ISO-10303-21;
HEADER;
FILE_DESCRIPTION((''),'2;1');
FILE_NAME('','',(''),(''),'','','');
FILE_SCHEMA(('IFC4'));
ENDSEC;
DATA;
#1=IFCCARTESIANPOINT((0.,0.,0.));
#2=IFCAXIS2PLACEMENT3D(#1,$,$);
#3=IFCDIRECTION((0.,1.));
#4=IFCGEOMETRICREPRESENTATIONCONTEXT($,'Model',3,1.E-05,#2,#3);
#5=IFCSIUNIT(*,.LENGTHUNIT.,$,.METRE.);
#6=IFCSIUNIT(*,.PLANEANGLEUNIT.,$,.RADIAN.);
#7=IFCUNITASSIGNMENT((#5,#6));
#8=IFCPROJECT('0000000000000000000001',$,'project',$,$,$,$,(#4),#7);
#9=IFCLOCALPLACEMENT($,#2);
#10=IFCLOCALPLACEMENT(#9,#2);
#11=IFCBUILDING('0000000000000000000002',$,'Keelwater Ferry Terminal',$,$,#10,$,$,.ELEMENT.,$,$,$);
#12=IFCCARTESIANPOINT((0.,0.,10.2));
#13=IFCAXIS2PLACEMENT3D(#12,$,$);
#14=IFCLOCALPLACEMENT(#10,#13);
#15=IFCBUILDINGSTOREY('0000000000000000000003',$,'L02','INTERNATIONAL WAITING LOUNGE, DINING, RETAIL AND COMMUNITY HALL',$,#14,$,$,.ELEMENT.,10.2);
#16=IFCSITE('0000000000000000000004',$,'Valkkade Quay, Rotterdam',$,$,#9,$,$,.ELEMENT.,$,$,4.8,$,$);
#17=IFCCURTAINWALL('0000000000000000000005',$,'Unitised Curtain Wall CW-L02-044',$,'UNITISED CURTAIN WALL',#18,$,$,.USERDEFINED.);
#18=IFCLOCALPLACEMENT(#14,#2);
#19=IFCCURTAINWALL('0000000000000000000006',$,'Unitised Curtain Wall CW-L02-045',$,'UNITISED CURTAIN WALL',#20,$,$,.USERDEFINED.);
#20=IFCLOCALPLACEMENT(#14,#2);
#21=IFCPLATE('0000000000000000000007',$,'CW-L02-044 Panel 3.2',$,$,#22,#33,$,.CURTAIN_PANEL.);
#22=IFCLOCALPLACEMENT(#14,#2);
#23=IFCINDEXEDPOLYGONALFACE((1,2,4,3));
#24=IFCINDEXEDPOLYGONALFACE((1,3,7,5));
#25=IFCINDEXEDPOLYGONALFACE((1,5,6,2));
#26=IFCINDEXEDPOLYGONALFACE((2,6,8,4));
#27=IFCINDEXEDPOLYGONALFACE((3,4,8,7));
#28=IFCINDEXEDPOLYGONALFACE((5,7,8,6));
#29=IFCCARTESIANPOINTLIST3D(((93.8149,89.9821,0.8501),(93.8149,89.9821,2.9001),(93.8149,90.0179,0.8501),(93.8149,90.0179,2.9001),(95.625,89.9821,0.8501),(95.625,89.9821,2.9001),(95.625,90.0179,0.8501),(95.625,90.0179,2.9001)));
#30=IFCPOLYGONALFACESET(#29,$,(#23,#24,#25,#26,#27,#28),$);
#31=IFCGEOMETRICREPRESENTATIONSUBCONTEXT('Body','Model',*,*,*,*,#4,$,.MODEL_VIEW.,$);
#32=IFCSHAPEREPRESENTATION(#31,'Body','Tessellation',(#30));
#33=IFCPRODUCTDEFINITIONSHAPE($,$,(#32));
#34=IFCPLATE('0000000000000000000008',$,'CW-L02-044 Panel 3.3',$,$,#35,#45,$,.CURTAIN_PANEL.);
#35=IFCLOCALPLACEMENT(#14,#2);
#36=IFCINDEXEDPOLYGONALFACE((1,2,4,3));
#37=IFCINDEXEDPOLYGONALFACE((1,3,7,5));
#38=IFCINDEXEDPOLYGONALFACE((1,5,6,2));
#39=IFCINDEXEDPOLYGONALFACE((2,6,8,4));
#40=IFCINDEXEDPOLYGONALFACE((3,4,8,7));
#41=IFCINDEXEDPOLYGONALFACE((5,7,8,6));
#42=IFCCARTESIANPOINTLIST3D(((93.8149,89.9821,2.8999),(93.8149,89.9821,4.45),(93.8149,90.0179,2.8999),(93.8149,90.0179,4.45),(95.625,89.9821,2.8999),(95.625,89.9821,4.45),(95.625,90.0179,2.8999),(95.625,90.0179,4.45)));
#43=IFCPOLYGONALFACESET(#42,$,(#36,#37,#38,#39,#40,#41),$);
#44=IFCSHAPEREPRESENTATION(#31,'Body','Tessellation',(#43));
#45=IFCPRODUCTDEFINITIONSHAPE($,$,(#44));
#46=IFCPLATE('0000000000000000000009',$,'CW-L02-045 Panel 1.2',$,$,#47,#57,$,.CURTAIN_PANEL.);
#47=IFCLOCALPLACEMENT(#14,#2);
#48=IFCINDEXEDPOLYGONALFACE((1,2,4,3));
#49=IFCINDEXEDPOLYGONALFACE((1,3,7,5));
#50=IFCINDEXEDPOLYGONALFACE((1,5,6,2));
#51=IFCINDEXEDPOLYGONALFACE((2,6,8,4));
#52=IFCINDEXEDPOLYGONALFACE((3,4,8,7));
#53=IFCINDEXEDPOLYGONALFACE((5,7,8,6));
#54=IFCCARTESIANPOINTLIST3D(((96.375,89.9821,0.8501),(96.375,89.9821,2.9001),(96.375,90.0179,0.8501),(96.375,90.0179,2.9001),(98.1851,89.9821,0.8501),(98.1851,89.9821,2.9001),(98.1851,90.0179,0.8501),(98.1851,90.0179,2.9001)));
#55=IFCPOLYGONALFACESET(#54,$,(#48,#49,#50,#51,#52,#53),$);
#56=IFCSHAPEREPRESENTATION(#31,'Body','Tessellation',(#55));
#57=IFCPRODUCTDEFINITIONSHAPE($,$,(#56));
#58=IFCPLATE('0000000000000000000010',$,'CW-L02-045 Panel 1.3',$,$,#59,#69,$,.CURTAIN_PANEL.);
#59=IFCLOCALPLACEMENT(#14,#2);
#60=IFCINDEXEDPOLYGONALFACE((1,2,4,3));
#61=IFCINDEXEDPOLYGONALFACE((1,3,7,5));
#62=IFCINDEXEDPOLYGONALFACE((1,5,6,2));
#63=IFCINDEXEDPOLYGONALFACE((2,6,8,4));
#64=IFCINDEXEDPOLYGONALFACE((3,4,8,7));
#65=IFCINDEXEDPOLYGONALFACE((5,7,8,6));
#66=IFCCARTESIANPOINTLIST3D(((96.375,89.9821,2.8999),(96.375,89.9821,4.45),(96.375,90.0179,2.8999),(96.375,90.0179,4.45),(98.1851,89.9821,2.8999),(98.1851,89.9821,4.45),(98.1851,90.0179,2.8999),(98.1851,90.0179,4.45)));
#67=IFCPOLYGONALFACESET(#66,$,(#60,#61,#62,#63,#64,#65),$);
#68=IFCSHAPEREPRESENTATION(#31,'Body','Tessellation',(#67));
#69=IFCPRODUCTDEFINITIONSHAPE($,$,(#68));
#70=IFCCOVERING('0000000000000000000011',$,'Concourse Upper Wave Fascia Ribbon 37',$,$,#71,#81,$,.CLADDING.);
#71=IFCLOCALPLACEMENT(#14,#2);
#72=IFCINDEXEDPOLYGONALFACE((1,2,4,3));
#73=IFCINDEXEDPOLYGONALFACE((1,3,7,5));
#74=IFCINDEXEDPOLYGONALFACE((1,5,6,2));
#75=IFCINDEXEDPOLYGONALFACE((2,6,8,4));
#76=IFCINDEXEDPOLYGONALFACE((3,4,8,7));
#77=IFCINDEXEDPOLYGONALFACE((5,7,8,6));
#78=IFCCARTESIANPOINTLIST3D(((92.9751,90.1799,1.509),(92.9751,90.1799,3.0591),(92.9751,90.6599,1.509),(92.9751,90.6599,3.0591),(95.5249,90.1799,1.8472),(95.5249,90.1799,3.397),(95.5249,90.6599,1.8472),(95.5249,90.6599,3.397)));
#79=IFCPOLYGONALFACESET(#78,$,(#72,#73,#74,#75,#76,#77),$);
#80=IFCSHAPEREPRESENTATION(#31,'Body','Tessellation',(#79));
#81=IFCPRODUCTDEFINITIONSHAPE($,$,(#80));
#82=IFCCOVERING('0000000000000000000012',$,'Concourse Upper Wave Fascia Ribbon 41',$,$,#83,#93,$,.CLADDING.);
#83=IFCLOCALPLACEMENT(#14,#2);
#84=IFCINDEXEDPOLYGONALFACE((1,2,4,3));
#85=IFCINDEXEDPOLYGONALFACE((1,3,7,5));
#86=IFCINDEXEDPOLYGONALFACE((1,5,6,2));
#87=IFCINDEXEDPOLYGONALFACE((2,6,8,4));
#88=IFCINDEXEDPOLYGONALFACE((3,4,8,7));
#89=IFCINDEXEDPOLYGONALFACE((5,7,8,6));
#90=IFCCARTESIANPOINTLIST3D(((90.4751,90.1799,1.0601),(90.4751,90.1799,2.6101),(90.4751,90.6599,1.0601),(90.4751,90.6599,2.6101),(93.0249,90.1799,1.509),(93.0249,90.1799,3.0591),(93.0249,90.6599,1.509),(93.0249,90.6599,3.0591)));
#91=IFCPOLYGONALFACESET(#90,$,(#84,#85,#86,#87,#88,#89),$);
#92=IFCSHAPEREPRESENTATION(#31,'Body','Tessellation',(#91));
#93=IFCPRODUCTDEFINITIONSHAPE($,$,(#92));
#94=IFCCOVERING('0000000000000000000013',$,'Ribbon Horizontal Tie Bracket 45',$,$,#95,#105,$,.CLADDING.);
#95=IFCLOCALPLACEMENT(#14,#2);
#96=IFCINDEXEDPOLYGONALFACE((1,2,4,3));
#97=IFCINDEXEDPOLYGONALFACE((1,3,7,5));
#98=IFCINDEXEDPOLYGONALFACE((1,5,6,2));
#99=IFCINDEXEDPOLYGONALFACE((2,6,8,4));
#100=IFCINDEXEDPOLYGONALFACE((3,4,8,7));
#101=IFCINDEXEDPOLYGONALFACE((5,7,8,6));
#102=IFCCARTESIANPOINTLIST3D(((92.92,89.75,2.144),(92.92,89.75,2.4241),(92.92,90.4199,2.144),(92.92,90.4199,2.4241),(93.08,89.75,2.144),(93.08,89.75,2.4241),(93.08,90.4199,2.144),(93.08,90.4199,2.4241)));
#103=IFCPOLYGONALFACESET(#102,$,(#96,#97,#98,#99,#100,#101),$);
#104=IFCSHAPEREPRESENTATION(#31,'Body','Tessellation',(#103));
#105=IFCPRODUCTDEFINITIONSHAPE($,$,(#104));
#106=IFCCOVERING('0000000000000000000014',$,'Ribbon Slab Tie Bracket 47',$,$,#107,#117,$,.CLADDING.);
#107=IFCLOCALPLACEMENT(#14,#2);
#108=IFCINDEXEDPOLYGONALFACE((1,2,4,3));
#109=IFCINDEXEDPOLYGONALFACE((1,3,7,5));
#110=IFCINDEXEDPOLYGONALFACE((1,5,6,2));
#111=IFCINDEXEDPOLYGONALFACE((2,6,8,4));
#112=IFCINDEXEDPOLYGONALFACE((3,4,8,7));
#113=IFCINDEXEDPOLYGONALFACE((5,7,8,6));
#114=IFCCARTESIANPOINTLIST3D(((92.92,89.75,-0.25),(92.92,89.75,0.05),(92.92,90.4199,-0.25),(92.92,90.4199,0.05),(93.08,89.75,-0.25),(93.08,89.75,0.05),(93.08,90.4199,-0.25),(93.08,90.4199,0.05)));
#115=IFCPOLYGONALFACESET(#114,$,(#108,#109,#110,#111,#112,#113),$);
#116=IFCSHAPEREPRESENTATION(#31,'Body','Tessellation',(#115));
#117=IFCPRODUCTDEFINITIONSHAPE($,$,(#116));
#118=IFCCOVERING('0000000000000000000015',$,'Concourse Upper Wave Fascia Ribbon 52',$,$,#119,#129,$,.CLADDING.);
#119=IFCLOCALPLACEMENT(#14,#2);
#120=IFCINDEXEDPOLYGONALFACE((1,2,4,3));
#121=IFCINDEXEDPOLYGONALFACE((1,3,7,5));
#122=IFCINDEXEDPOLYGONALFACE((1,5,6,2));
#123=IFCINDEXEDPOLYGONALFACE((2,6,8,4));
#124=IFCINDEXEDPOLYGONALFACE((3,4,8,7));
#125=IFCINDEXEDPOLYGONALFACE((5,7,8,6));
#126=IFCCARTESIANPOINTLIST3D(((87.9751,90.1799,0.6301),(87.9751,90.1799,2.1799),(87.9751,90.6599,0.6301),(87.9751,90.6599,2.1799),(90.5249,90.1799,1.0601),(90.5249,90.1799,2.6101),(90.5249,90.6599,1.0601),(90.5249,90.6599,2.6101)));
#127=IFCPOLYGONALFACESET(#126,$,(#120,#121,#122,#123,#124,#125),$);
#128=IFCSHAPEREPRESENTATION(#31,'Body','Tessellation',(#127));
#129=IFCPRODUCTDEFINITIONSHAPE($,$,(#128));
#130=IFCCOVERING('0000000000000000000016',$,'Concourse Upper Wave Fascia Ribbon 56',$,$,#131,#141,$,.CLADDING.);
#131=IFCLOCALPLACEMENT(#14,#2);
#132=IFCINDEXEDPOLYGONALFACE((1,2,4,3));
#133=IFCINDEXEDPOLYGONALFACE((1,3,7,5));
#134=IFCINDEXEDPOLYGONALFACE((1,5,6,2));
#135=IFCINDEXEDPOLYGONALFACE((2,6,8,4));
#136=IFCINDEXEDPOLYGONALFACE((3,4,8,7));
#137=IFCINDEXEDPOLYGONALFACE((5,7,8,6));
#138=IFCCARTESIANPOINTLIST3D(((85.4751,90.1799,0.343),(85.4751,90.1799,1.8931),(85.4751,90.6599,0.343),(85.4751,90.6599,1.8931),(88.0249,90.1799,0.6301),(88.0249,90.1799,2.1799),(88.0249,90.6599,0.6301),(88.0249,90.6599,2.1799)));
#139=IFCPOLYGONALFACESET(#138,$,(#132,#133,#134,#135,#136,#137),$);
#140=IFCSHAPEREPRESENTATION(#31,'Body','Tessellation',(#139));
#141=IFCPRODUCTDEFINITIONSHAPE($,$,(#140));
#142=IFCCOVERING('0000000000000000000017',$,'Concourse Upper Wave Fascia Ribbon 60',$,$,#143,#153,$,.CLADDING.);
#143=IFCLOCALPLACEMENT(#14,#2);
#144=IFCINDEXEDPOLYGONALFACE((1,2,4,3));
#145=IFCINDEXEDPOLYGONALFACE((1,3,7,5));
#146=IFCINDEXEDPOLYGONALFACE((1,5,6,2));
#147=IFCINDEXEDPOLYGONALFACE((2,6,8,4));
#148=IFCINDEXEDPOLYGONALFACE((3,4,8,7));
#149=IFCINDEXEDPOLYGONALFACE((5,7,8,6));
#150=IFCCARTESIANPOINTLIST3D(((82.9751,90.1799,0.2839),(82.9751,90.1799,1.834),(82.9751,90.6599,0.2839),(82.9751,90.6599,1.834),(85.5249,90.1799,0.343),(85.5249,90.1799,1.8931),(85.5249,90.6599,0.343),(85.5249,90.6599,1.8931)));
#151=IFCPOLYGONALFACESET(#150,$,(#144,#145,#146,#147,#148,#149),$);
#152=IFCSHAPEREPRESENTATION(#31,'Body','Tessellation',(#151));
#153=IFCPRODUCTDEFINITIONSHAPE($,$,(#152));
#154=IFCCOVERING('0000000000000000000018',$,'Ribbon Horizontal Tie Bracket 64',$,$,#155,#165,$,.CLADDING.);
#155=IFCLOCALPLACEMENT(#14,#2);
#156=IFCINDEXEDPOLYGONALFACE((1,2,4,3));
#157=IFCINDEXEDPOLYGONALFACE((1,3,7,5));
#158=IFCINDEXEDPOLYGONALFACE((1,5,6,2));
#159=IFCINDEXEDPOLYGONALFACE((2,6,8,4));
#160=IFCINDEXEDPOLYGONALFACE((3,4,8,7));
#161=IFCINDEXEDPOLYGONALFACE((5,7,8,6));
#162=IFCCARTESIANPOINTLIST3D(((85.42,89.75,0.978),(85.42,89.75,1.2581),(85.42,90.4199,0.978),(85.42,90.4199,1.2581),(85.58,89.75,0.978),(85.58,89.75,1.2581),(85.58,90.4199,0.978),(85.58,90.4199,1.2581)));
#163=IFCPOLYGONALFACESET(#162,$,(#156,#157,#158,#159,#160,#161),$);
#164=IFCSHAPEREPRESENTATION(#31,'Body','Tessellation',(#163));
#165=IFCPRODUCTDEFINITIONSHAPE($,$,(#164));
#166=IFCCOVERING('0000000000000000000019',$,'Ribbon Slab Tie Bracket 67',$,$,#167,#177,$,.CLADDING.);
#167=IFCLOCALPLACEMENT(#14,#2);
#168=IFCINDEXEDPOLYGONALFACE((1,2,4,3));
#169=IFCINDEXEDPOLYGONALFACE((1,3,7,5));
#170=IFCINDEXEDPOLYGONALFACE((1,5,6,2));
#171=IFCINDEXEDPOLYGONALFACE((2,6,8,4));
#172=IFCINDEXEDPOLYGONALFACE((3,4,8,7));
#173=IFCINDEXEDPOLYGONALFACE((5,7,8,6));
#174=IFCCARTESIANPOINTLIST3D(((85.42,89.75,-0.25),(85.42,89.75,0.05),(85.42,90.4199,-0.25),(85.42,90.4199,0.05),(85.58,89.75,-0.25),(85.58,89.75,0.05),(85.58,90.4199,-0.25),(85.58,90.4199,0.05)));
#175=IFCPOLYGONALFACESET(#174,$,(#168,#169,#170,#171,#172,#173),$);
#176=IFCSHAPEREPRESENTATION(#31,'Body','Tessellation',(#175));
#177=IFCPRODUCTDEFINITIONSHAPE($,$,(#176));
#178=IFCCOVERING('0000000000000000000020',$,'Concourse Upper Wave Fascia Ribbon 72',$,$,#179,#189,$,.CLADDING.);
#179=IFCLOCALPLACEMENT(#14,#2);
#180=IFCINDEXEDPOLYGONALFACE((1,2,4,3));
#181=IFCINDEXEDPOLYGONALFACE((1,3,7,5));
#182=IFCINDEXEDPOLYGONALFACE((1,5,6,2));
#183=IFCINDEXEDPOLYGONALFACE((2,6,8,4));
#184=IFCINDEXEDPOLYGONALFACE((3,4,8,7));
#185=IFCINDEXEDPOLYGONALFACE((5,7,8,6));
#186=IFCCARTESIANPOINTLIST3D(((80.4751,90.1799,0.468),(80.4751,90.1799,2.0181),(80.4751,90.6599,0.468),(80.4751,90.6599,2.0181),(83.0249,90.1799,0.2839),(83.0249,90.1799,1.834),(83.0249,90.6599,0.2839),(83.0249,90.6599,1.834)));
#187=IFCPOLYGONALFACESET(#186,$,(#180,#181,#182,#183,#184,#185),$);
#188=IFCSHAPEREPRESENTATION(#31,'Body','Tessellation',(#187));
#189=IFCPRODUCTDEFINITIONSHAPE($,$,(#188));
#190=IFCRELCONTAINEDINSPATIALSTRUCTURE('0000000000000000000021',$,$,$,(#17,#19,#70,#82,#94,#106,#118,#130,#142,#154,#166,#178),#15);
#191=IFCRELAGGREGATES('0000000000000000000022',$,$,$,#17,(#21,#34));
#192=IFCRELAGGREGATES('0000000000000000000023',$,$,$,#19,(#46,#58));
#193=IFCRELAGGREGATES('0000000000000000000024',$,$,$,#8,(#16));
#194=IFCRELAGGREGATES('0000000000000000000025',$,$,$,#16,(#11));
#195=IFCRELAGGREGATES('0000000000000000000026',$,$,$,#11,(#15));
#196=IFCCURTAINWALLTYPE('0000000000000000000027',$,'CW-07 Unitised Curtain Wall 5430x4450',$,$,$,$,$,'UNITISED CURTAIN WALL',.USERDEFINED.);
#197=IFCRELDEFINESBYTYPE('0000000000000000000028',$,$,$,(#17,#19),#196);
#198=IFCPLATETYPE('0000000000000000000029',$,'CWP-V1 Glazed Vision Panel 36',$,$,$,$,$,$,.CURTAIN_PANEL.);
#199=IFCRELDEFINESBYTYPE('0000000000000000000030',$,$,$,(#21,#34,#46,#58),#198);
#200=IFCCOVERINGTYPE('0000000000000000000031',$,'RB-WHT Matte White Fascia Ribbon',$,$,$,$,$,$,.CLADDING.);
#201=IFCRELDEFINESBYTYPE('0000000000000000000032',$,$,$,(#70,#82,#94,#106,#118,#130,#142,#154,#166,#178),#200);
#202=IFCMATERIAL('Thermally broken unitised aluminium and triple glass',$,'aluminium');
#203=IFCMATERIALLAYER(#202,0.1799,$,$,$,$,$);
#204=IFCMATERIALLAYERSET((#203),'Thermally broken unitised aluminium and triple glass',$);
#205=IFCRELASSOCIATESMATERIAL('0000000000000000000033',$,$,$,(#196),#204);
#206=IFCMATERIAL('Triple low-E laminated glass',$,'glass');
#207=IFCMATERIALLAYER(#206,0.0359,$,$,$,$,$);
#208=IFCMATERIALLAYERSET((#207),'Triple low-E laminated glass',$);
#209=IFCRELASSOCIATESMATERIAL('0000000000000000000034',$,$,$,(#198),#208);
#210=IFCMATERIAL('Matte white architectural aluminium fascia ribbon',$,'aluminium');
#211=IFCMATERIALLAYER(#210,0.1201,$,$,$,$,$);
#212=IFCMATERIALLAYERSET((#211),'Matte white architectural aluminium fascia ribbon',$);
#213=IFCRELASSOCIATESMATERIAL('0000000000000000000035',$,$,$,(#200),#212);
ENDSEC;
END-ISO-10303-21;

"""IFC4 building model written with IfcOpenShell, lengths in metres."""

from ifc_helpers import new_model, si_unit, direction, frame, frame_2d, origin, origin_2d, place, context, subcontext, project, spatial, polyline, rectangle, outline, extrude, material, layer, layer_set, type_object, element, aggregate, save


model = new_model("IFC4")

# Units and contexts
model_context = context("Model", 3, precision=1e-05, world=origin(), true_north=direction((0.0, 1.0)))
body_context = subcontext(model_context, "Body", "Model", "MODEL_VIEW")
ifc_project = project(units=[si_unit("LENGTHUNIT", "METRE"), si_unit("PLANEANGLEUNIT", "RADIAN")], contexts=[model_context])

# Site, building, storey
site_placement = place(None, origin())
site = spatial("IfcSite", under=ifc_project, at=site_placement, Name="Valkkade Quay, Rotterdam", CompositionType="ELEMENT", RefElevation=4.8)
building_placement = place(site_placement, origin())
building = spatial("IfcBuilding", under=site, at=building_placement, Name="Keelwater Ferry Terminal", CompositionType="ELEMENT")
storey_placement = place(building_placement, frame((0.0, 0.0, 10.2)))
storey = spatial("IfcBuildingStorey", under=building, at=storey_placement, Name="L02", Description="INTERNATIONAL WAITING LOUNGE, DINING, RETAIL AND COMMUNITY HALL", CompositionType="ELEMENT", Elevation=10.2)

# Curtain walls
ifc_material_1 = material(Name="Thermally broken unitised aluminium and triple glass", Category="aluminium")
ifc_layer_1 = layer(ifc_material_1, 0.1799)
ifc_layer_set_1 = layer_set([ifc_layer_1], Name="Thermally broken unitised aluminium and triple glass")
curtain_wall_type = type_object("IfcCurtainWallType", Name="CW-07 Unitised Curtain Wall 5430x4450", ElementType="UNITISED CURTAIN WALL", PredefinedType="USERDEFINED", material=ifc_layer_set_1)
curtain_wall_1_placement = place(storey_placement, origin())
curtain_wall_1 = element("IfcCurtainWall", 1, at=curtain_wall_1_placement, inside=storey, type_object=curtain_wall_type, Name="Unitised Curtain Wall CW-L02-044", ObjectType="UNITISED CURTAIN WALL", PredefinedType="USERDEFINED")
curtain_wall_2_placement = place(storey_placement, origin())
curtain_wall_2 = element("IfcCurtainWall", 2, at=curtain_wall_2_placement, inside=storey, type_object=curtain_wall_type, Name="Unitised Curtain Wall CW-L02-045", ObjectType="UNITISED CURTAIN WALL", PredefinedType="USERDEFINED")

# Plates
ifc_material_2 = material(Name="Triple low-E laminated glass", Category="glass")
ifc_layer_2 = layer(ifc_material_2, 0.0359)
ifc_layer_set_2 = layer_set([ifc_layer_2], Name="Triple low-E laminated glass")
plate_type_1 = type_object("IfcPlateType", Name="CWP-V1 Glazed Vision Panel 36", PredefinedType="CURTAIN_PANEL", material=ifc_layer_set_2)
plate_1_placement = place(storey_placement, frame((94.72, 90.0, 0.8501), z_axis=(0.0, 0.0, 1.0), x_axis=(1.0, 0.0, 0.0)))
plate_1 = element("IfcPlate", 3, at=plate_1_placement, type_object=plate_type_1, Name="CW-L02-044 Panel 3.2", PredefinedType="CURTAIN_PANEL", context=body_context, shape_type="SweptSolid", body=[
    extrude(rectangle(XDim=1.8101, YDim=0.0359, at=origin_2d()), origin(), (0.0, 0.0, 1.0), 2.05),
])
plate_2_placement = place(storey_placement, frame((94.72, 90.0, 2.8999), z_axis=(0.0, 0.0, 1.0), x_axis=(1.0, 0.0, 0.0)))
plate_2 = element("IfcPlate", 4, at=plate_2_placement, type_object=plate_type_1, Name="CW-L02-044 Panel 3.3", PredefinedType="CURTAIN_PANEL", context=body_context, shape_type="SweptSolid", body=[
    extrude(rectangle(XDim=1.8101, YDim=0.0359, at=origin_2d()), origin(), (0.0, 0.0, 1.0), 1.55),
])
aggregate(curtain_wall_1, [plate_1, plate_2])
plate_3_placement = place(storey_placement, frame((97.28, 90.0, 0.8501), z_axis=(0.0, 0.0, 1.0), x_axis=(1.0, 0.0, 0.0)))
plate_3 = element("IfcPlate", 5, at=plate_3_placement, type_object=plate_type_1, Name="CW-L02-045 Panel 1.2", PredefinedType="CURTAIN_PANEL", context=body_context, shape_type="SweptSolid", body=[
    extrude(rectangle(XDim=1.8101, YDim=0.0359, at=origin_2d()), origin(), (0.0, 0.0, 1.0), 2.05),
])
plate_4_placement = place(storey_placement, frame((97.28, 90.0, 2.8999), z_axis=(0.0, 0.0, 1.0), x_axis=(1.0, 0.0, 0.0)))
plate_4 = element("IfcPlate", 6, at=plate_4_placement, type_object=plate_type_1, Name="CW-L02-045 Panel 1.3", PredefinedType="CURTAIN_PANEL", context=body_context, shape_type="SweptSolid", body=[
    extrude(rectangle(XDim=1.8101, YDim=0.0359, at=origin_2d()), origin(), (0.0, 0.0, 1.0), 1.55),
])
aggregate(curtain_wall_2, [plate_3, plate_4])

# Coverings
ifc_material_3 = material(Name="Matte white architectural aluminium fascia ribbon", Category="aluminium")
ifc_layer_3 = layer(ifc_material_3, 0.1201)
ifc_layer_set_3 = layer_set([ifc_layer_3], Name="Matte white architectural aluminium fascia ribbon")
covering_type = type_object("IfcCoveringType", Name="RB-WHT Matte White Fascia Ribbon", PredefinedType="CLADDING", material=ifc_layer_set_3)
covering_1_placement = place(storey_placement, frame((95.5249, 90.4199, 1.509), z_axis=(0.0, 0.0, 1.0), x_axis=(-1.0, 0.0, 0.0)))
element("IfcCovering", 7, at=covering_1_placement, inside=storey, type_object=covering_type, Name="Concourse Upper Wave Fascia Ribbon 37", PredefinedType="CLADDING", context=body_context, shape_type="SweptSolid", body=[
    extrude(outline(polyline([(0.0, 0.3381), (2.5498, 0.0), (2.5498, 1.55), (0.0, 1.8879), (0.0, 0.3381)])), frame((0.0, 0.24, 0.0), z_axis=(0.0, -1.0, 0.0), x_axis=(1.0, 0.0, 0.0)), (0.0, 0.0, 1.0), 0.48),
])
covering_2_placement = place(storey_placement, frame((93.0249, 90.4199, 1.0601), z_axis=(0.0, 0.0, 1.0), x_axis=(-1.0, 0.0, 0.0)))
element("IfcCovering", 8, at=covering_2_placement, inside=storey, type_object=covering_type, Name="Concourse Upper Wave Fascia Ribbon 41", PredefinedType="CLADDING", context=body_context, shape_type="SweptSolid", body=[
    extrude(outline(polyline([(0.0, 0.449), (2.5498, 0.0), (2.5498, 1.55), (0.0, 1.999), (0.0, 0.449)])), frame((0.0, 0.24, 0.0), z_axis=(0.0, -1.0, 0.0), x_axis=(1.0, 0.0, 0.0)), (0.0, 0.0, 1.0), 0.48),
])
covering_3_placement = place(storey_placement, frame((93.0, 90.4199, 2.144), z_axis=(0.0, 0.0, 1.0), x_axis=(0.0, -1.0, 0.0)))
element("IfcCovering", 9, at=covering_3_placement, inside=storey, type_object=covering_type, Name="Ribbon Horizontal Tie Bracket 45", PredefinedType="CLADDING", context=body_context, shape_type="SweptSolid", body=[
    extrude(rectangle(XDim=0.6699, YDim=0.1599, at=frame_2d((0.335, 0.0))), origin(), (0.0, 0.0, 1.0), 0.28),
])
covering_4_placement = place(storey_placement, frame((93.0, 90.4199, -0.25), z_axis=(0.0, 0.0, 1.0), x_axis=(0.0, -1.0, 0.0)))
element("IfcCovering", 10, at=covering_4_placement, inside=storey, type_object=covering_type, Name="Ribbon Slab Tie Bracket 47", PredefinedType="CLADDING", context=body_context, shape_type="SweptSolid", body=[
    extrude(rectangle(XDim=0.6699, YDim=0.1599, at=frame_2d((0.335, 0.0))), origin(), (0.0, 0.0, 1.0), 0.3),
])
covering_5_placement = place(storey_placement, frame((90.5249, 90.4199, 0.6301), z_axis=(0.0, 0.0, 1.0), x_axis=(-1.0, 0.0, 0.0)))
element("IfcCovering", 11, at=covering_5_placement, inside=storey, type_object=covering_type, Name="Concourse Upper Wave Fascia Ribbon 52", PredefinedType="CLADDING", context=body_context, shape_type="SweptSolid", body=[
    extrude(outline(polyline([(0.0, 0.4299), (2.5498, 0.0), (2.5498, 1.5498), (0.0, 1.98), (0.0, 0.4299)])), frame((0.0, 0.24, 0.0), z_axis=(0.0, -1.0, 0.0), x_axis=(1.0, 0.0, 0.0)), (0.0, 0.0, 1.0), 0.48),
])
covering_6_placement = place(storey_placement, frame((88.0249, 90.4199, 0.343), z_axis=(0.0, 0.0, 1.0), x_axis=(-1.0, 0.0, 0.0)))
element("IfcCovering", 12, at=covering_6_placement, inside=storey, type_object=covering_type, Name="Concourse Upper Wave Fascia Ribbon 56", PredefinedType="CLADDING", context=body_context, shape_type="SweptSolid", body=[
    extrude(outline(polyline([(0.0, 0.2871), (2.5498, 0.0), (2.5498, 1.55), (0.0, 1.8369), (0.0, 0.2871)])), frame((0.0, 0.24, 0.0), z_axis=(0.0, -1.0, 0.0), x_axis=(1.0, 0.0, 0.0)), (0.0, 0.0, 1.0), 0.48),
])
covering_7_placement = place(storey_placement, frame((85.5249, 90.4199, 0.2839), z_axis=(0.0, 0.0, 1.0), x_axis=(-1.0, 0.0, 0.0)))
element("IfcCovering", 13, at=covering_7_placement, inside=storey, type_object=covering_type, Name="Concourse Upper Wave Fascia Ribbon 60", PredefinedType="CLADDING", context=body_context, shape_type="SweptSolid", body=[
    extrude(outline(polyline([(0.0, 0.0591), (2.5498, 0.0), (2.5498, 1.55), (0.0, 1.6091), (0.0, 0.0591)])), frame((0.0, 0.24, 0.0), z_axis=(0.0, -1.0, 0.0), x_axis=(1.0, 0.0, 0.0)), (0.0, 0.0, 1.0), 0.48),
])
covering_8_placement = place(storey_placement, frame((85.5, 90.4199, 0.978), z_axis=(0.0, 0.0, 1.0), x_axis=(0.0, -1.0, 0.0)))
element("IfcCovering", 14, at=covering_8_placement, inside=storey, type_object=covering_type, Name="Ribbon Horizontal Tie Bracket 64", PredefinedType="CLADDING", context=body_context, shape_type="SweptSolid", body=[
    extrude(rectangle(XDim=0.6699, YDim=0.1599, at=frame_2d((0.335, 0.0))), origin(), (0.0, 0.0, 1.0), 0.28),
])
covering_9_placement = place(storey_placement, frame((85.5, 90.4199, -0.25), z_axis=(0.0, 0.0, 1.0), x_axis=(0.0, -1.0, 0.0)))
element("IfcCovering", 15, at=covering_9_placement, inside=storey, type_object=covering_type, Name="Ribbon Slab Tie Bracket 67", PredefinedType="CLADDING", context=body_context, shape_type="SweptSolid", body=[
    extrude(rectangle(XDim=0.6699, YDim=0.1599, at=frame_2d((0.335, 0.0))), origin(), (0.0, 0.0, 1.0), 0.3),
])
covering_10_placement = place(storey_placement, frame((83.0249, 90.4199, 0.2839), z_axis=(0.0, 0.0, 1.0), x_axis=(-1.0, 0.0, 0.0)))
element("IfcCovering", 16, at=covering_10_placement, inside=storey, type_object=covering_type, Name="Concourse Upper Wave Fascia Ribbon 72", PredefinedType="CLADDING", context=body_context, shape_type="SweptSolid", body=[
    extrude(outline(polyline([(0.0, 0.0), (2.5498, 0.1841), (2.5498, 1.7341), (0.0, 1.55), (0.0, 0.0)])), frame((0.0, 0.24, 0.0), z_axis=(0.0, -1.0, 0.0), x_axis=(1.0, 0.0, 0.0)), (0.0, 0.0, 1.0), 0.48),
])

save(model, "model.ifc")
